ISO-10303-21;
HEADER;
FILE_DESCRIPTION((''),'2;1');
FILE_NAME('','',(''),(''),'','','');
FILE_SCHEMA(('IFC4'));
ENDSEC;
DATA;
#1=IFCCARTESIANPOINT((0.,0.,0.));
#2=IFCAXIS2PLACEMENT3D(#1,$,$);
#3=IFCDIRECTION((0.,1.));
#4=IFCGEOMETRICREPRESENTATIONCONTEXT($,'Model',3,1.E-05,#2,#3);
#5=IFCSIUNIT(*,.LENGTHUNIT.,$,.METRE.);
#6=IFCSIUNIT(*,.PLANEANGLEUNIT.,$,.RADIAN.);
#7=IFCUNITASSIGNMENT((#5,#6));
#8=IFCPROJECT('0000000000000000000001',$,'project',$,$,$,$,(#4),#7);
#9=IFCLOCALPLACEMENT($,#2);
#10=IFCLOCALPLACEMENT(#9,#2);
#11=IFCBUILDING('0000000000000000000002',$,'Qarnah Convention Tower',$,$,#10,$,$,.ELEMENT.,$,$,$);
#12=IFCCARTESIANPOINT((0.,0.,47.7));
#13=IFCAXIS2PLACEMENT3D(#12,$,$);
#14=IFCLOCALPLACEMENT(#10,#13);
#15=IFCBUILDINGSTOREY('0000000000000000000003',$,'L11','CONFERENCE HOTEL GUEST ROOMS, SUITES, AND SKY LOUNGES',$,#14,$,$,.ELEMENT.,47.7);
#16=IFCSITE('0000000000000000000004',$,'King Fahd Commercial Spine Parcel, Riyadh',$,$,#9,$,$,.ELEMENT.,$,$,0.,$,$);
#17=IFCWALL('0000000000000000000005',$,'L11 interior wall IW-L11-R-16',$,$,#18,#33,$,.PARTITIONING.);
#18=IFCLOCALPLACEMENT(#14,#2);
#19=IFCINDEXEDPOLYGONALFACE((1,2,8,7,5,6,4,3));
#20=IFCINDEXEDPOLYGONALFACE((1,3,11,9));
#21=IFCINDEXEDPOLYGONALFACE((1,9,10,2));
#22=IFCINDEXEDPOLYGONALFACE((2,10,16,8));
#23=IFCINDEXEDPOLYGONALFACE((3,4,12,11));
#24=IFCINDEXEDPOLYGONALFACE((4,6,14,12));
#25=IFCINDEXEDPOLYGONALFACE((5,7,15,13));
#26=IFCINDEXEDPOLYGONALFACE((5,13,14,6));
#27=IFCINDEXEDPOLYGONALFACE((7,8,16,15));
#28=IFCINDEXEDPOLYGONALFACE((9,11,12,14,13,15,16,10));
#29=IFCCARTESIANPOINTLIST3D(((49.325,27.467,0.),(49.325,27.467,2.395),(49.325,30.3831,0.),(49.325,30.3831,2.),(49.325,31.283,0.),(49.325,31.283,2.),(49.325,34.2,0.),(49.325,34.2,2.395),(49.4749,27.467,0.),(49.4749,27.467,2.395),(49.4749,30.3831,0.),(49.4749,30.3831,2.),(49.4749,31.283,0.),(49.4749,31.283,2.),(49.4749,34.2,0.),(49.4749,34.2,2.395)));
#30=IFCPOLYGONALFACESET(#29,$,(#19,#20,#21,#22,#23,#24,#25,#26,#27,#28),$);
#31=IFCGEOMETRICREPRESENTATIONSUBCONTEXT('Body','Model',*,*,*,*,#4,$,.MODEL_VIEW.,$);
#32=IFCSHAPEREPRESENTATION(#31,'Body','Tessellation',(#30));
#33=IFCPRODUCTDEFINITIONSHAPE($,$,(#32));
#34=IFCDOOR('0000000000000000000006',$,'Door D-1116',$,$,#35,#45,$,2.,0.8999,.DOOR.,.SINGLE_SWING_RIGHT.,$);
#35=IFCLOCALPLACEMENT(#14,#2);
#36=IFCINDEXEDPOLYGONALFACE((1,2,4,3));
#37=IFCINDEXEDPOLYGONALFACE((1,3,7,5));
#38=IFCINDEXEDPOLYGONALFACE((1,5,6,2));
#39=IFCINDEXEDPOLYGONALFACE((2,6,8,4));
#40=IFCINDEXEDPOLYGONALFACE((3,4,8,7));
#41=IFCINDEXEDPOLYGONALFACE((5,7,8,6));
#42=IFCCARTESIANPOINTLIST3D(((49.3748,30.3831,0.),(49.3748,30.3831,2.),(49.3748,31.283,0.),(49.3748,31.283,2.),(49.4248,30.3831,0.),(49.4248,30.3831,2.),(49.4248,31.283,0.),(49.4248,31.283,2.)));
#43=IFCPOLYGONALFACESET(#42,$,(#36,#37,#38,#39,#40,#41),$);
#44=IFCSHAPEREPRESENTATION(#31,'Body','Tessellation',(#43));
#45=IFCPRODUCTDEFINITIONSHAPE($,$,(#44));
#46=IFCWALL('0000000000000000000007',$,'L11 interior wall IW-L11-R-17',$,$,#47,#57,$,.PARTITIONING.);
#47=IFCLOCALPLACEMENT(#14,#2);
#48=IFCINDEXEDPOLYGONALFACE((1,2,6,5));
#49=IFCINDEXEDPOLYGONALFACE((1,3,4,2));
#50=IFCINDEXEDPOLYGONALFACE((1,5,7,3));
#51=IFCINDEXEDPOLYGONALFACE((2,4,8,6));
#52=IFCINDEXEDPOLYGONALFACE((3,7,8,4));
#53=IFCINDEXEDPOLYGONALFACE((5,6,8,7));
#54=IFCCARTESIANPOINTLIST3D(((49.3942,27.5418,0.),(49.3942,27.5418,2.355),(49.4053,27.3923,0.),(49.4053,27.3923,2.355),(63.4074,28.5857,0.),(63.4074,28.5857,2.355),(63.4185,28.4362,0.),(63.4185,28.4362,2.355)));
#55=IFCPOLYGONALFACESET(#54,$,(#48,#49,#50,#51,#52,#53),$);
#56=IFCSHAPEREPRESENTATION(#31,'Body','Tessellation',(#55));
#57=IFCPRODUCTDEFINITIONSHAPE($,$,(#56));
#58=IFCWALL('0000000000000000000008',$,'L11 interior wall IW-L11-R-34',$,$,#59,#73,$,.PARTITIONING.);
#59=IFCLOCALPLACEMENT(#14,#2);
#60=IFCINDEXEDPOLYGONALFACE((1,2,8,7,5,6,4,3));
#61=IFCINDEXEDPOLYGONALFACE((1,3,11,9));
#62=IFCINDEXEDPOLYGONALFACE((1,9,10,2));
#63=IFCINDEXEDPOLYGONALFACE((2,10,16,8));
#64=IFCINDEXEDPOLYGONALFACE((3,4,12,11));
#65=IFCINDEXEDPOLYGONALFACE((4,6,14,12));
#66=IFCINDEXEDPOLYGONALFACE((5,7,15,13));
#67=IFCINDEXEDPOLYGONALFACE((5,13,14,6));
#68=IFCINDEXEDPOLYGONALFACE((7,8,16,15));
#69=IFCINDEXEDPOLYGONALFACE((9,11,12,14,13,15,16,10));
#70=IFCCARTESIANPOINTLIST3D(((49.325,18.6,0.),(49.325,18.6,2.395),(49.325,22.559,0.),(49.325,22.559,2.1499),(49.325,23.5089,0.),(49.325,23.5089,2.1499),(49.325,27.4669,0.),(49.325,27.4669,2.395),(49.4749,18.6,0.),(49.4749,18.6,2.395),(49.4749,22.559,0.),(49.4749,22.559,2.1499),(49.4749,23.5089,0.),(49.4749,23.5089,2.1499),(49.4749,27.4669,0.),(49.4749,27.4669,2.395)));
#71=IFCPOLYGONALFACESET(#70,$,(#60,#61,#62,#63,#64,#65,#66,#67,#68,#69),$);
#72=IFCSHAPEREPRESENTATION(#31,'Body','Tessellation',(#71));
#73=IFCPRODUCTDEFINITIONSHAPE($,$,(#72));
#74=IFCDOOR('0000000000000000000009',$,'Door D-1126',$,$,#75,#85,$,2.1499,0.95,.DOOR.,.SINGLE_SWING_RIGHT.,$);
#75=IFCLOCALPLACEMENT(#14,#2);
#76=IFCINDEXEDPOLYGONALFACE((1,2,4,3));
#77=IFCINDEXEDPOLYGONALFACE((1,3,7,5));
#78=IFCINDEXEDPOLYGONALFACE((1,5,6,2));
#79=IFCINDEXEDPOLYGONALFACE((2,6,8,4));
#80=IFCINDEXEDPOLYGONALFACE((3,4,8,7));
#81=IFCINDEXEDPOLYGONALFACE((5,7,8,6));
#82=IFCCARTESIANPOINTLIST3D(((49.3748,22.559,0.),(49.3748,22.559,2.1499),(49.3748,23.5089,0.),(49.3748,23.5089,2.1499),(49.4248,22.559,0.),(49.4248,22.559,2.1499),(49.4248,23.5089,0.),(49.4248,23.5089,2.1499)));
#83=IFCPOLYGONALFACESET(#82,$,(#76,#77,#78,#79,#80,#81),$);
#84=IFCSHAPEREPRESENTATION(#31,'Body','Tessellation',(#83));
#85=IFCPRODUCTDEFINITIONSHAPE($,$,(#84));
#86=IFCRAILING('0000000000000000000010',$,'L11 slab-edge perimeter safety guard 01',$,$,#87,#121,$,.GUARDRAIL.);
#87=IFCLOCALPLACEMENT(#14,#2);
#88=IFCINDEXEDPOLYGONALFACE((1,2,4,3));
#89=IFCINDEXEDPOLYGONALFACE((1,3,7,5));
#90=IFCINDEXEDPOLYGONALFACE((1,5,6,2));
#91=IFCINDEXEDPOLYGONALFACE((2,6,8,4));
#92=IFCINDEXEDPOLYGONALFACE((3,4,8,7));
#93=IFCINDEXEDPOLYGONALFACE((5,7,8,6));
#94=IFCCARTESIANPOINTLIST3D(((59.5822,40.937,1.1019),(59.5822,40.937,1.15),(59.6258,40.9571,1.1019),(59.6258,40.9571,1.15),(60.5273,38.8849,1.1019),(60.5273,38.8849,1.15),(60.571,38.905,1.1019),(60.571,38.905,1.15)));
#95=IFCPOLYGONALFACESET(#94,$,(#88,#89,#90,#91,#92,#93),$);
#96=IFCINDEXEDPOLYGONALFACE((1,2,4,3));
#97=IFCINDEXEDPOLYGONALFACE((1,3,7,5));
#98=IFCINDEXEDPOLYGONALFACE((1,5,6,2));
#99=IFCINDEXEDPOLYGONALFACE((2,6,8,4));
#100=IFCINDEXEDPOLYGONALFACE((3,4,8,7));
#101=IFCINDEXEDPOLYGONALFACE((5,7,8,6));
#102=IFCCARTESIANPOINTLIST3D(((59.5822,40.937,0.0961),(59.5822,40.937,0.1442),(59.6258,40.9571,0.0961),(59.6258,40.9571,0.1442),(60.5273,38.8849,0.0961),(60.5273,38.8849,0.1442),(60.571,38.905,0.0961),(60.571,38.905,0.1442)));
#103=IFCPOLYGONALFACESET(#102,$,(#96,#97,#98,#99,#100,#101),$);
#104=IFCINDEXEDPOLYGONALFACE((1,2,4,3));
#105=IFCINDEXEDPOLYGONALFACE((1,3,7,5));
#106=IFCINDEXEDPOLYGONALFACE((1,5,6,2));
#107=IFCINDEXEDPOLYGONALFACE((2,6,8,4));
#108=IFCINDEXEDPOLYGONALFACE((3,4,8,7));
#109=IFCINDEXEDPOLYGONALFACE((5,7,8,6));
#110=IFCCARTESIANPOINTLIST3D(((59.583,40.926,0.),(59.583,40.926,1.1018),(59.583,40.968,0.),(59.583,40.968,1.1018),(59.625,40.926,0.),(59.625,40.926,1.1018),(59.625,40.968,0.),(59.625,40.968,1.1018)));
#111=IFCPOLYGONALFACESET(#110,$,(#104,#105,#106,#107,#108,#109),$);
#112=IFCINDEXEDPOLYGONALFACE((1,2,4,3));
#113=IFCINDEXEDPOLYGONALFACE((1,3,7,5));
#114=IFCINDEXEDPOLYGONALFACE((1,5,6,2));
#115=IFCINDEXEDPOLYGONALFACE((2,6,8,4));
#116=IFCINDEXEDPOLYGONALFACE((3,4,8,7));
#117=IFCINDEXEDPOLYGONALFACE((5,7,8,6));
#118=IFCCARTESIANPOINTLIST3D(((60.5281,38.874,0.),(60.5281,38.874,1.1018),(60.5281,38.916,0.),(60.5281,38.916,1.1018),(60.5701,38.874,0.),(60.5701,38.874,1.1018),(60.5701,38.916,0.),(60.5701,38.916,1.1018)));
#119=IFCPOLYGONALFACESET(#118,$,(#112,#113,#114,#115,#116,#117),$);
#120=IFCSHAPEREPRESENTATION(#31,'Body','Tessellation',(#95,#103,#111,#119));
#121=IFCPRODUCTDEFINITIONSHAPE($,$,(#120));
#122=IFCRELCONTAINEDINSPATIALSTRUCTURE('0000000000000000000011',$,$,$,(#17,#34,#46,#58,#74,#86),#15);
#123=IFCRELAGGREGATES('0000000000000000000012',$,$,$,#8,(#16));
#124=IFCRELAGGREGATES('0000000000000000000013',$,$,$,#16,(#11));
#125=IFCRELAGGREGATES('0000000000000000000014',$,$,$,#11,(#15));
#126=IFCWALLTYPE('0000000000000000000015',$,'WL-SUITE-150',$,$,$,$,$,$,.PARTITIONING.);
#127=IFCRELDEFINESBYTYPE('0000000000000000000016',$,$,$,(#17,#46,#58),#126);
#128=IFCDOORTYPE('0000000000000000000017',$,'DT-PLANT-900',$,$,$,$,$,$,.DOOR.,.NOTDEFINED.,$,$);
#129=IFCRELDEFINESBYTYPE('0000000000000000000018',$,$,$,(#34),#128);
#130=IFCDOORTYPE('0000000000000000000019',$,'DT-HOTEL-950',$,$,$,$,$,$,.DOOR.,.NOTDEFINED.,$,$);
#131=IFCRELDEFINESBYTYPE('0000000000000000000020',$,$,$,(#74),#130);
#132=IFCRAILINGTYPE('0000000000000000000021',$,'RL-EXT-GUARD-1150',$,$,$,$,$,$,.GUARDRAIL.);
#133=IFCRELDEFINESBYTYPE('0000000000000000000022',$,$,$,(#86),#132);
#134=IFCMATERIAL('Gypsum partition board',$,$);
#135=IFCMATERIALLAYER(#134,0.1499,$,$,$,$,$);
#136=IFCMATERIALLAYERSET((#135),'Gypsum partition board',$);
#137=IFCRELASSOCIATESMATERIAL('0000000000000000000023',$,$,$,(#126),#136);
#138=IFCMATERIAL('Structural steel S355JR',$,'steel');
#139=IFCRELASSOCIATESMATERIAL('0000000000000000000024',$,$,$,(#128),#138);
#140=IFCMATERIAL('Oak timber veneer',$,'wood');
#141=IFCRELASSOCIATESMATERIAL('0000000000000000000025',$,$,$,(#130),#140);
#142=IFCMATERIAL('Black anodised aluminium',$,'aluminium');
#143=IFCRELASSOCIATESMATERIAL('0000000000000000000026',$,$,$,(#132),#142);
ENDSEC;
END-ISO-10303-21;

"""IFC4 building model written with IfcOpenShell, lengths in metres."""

from ifc_helpers import new_model, si_unit, direction, frame, frame_2d, origin, origin_2d, place, context, subcontext, project, spatial, rectangle, extrude, material, layer, layer_set, type_object, element, fill, save


model = new_model("IFC4")

# Units and contexts
model_context = context("Model", 3, precision=1e-05, world=origin(), true_north=direction((0.0, 1.0)))
body_context = subcontext(model_context, "Body", "Model", "MODEL_VIEW")
ifc_project = project(units=[si_unit("LENGTHUNIT", "METRE"), si_unit("PLANEANGLEUNIT", "RADIAN")], contexts=[model_context])

# Site, building, storey
site_placement = place(None, origin())
site = spatial("IfcSite", under=ifc_project, at=site_placement, Name="King Fahd Commercial Spine Parcel, Riyadh", CompositionType="ELEMENT", RefElevation=0.0)
building_placement = place(site_placement, origin())
building = spatial("IfcBuilding", under=site, at=building_placement, Name="Qarnah Convention Tower", CompositionType="ELEMENT")
storey_placement = place(building_placement, frame((0.0, 0.0, 47.7)))
storey = spatial("IfcBuildingStorey", under=building, at=storey_placement, Name="L11", Description="CONFERENCE HOTEL GUEST ROOMS, SUITES, AND SKY LOUNGES", CompositionType="ELEMENT", Elevation=47.7)

# Shared definitions
ifc_material_1 = material(Name="Structural steel S355JR", Category="steel")

# Shared definitions
ifc_material_2 = material(Name="Black anodised aluminium", Category="aluminium")

# Shared definitions
ifc_material_3 = material(Name="Gypsum partition board")
ifc_layer_1 = layer(ifc_material_3, 0.1499)
ifc_layer_set_1 = layer_set([ifc_layer_1], Name="Gypsum partition board")
wall_type_1 = type_object("IfcWallType", Name="WL-SUITE-150", PredefinedType="PARTITIONING", material=ifc_layer_set_1)

# Wall, opening, door
wall_1_placement = place(storey_placement, frame((49.3999, 34.2, 0.0), z_axis=(0.0, 0.0, 1.0), x_axis=(0.0, -1.0, 0.0)))
wall_1 = element("IfcWall", 1, at=wall_1_placement, inside=storey, type_object=wall_type_1, Name="L11 interior wall IW-L11-R-16", PredefinedType="PARTITIONING", context=body_context, shape_type="SweptSolid", body=[
    extrude(rectangle(XDim=6.7329, YDim=0.1499, at=frame_2d((3.3665, 0.0))), origin(), (0.0, 0.0, 1.0), 2.395),
])
opening_1_placement = place(wall_1_placement, frame((2.917, 0.0, 0.0)))
opening_1 = element("IfcOpeningElement", 2, at=opening_1_placement, cuts=wall_1, PredefinedType="OPENING", context=body_context, shape_type="SweptSolid", body=[
    extrude(rectangle(XDim=0.8999, YDim=2.0, at=frame_2d((0.45, 1.0))), frame((0.0, 0.085, 0.0), z_axis=(0.0, -1.0, 0.0), x_axis=(1.0, 0.0, 0.0)), (0.0, 0.0, 1.0), 0.1699),
])
door_type_1 = type_object("IfcDoorType", Name="DT-PLANT-900", OperationType="NOTDEFINED", PredefinedType="DOOR", material=ifc_material_1)
door_1_placement = place(opening_1_placement, origin())
door_1 = element("IfcDoor", 3, at=door_1_placement, inside=storey, type_object=door_type_1, Name="Door D-1116", OperationType="SINGLE_SWING_RIGHT", OverallHeight=2.0, OverallWidth=0.8999, PredefinedType="DOOR", context=body_context, shape_type="SweptSolid", body=[
    extrude(rectangle(XDim=0.8999, YDim=2.0, at=frame_2d((0.45, 1.0))), frame((0.0, 0.0249, 0.0), z_axis=(0.0, -1.0, 0.0), x_axis=(1.0, 0.0, 0.0)), (0.0, 0.0, 1.0), 0.05),
])
fill(opening_1, door_1)

# Wall
wall_2_placement = place(storey_placement, frame((49.3999, 27.467, 0.0), z_axis=(0.0, 0.0, 1.0), x_axis=(0.997237, 0.074292, 0.0)))
element("IfcWall", 4, at=wall_2_placement, inside=storey, type_object=wall_type_1, Name="L11 interior wall IW-L11-R-17", PredefinedType="PARTITIONING", context=body_context, shape_type="SweptSolid", body=[
    extrude(rectangle(XDim=14.052, YDim=0.1499, at=frame_2d((7.0259, 0.0))), origin(), (0.0, 0.0, 1.0), 2.355),
])

# Wall, opening, door
wall_3_placement = place(storey_placement, frame((49.3999, 27.467, 0.0), z_axis=(0.0, 0.0, 1.0), x_axis=(0.0, -1.0, 0.0)))
wall_3 = element("IfcWall", 5, at=wall_3_placement, inside=storey, type_object=wall_type_1, Name="L11 interior wall IW-L11-R-34", PredefinedType="PARTITIONING", context=body_context, shape_type="SweptSolid", body=[
    extrude(rectangle(XDim=8.8669, YDim=0.1499, at=frame_2d((4.4336, 0.0))), origin(), (0.0, 0.0, 1.0), 2.395),
])
opening_2_placement = place(wall_3_placement, frame((3.958, 0.0, 0.0)))
opening_2 = element("IfcOpeningElement", 6, at=opening_2_placement, cuts=wall_3, PredefinedType="OPENING", context=body_context, shape_type="SweptSolid", body=[
    extrude(rectangle(XDim=0.95, YDim=2.1499, at=frame_2d((0.4751, 1.075))), frame((0.0, 0.085, 0.0), z_axis=(0.0, -1.0, 0.0), x_axis=(1.0, 0.0, 0.0)), (0.0, 0.0, 1.0), 0.1699),
])
ifc_material_4 = material(Name="Oak timber veneer", Category="wood")
door_type_2 = type_object("IfcDoorType", Name="DT-HOTEL-950", OperationType="NOTDEFINED", PredefinedType="DOOR", material=ifc_material_4)
door_2_placement = place(opening_2_placement, origin())
door_2 = element("IfcDoor", 7, at=door_2_placement, inside=storey, type_object=door_type_2, Name="Door D-1126", OperationType="SINGLE_SWING_RIGHT", OverallHeight=2.1499, OverallWidth=0.95, PredefinedType="DOOR", context=body_context, shape_type="SweptSolid", body=[
    extrude(rectangle(XDim=0.95, YDim=2.1499, at=frame_2d((0.4751, 1.075))), frame((0.0, 0.0249, 0.0), z_axis=(0.0, -1.0, 0.0), x_axis=(1.0, 0.0, 0.0)), (0.0, 0.0, 1.0), 0.05),
])
fill(opening_2, door_2)

# Railing
railing_type = type_object("IfcRailingType", Name="RL-EXT-GUARD-1150", PredefinedType="GUARDRAIL", material=ifc_material_2)
railing_1_placement = place(storey_placement, frame((59.604, 40.947, 0.0)))
element("IfcRailing", 8, at=railing_1_placement, inside=storey, type_object=railing_type, Name="L11 slab-edge perimeter safety guard 01", PredefinedType="GUARDRAIL", context=body_context, shape_type="SweptSolid", body=[
    extrude(rectangle(XDim=0.0481, YDim=0.0481, at=origin_2d()), frame((0.0, 0.0, 1.126), z_axis=(0.418325, -0.908298, 0.0), x_axis=(0.908298, 0.418325, 0.0)), (0.0, 0.0, 1.0), 2.2593),
    extrude(rectangle(XDim=0.0481, YDim=0.0481, at=origin_2d()), frame((0.0, 0.0, 0.1201), z_axis=(0.418325, -0.908298, 0.0), x_axis=(0.908298, 0.418325, 0.0)), (0.0, 0.0, 1.0), 2.2593),
    extrude(rectangle(XDim=0.042, YDim=0.042, at=origin_2d()), origin(), (0.0, 0.0, 1.0), 1.1018),
    extrude(rectangle(XDim=0.042, YDim=0.042, at=origin_2d()), frame((0.9451, -2.052, 0.0)), (0.0, 0.0, 1.0), 1.1018),
])

save(model, "model.ifc")
